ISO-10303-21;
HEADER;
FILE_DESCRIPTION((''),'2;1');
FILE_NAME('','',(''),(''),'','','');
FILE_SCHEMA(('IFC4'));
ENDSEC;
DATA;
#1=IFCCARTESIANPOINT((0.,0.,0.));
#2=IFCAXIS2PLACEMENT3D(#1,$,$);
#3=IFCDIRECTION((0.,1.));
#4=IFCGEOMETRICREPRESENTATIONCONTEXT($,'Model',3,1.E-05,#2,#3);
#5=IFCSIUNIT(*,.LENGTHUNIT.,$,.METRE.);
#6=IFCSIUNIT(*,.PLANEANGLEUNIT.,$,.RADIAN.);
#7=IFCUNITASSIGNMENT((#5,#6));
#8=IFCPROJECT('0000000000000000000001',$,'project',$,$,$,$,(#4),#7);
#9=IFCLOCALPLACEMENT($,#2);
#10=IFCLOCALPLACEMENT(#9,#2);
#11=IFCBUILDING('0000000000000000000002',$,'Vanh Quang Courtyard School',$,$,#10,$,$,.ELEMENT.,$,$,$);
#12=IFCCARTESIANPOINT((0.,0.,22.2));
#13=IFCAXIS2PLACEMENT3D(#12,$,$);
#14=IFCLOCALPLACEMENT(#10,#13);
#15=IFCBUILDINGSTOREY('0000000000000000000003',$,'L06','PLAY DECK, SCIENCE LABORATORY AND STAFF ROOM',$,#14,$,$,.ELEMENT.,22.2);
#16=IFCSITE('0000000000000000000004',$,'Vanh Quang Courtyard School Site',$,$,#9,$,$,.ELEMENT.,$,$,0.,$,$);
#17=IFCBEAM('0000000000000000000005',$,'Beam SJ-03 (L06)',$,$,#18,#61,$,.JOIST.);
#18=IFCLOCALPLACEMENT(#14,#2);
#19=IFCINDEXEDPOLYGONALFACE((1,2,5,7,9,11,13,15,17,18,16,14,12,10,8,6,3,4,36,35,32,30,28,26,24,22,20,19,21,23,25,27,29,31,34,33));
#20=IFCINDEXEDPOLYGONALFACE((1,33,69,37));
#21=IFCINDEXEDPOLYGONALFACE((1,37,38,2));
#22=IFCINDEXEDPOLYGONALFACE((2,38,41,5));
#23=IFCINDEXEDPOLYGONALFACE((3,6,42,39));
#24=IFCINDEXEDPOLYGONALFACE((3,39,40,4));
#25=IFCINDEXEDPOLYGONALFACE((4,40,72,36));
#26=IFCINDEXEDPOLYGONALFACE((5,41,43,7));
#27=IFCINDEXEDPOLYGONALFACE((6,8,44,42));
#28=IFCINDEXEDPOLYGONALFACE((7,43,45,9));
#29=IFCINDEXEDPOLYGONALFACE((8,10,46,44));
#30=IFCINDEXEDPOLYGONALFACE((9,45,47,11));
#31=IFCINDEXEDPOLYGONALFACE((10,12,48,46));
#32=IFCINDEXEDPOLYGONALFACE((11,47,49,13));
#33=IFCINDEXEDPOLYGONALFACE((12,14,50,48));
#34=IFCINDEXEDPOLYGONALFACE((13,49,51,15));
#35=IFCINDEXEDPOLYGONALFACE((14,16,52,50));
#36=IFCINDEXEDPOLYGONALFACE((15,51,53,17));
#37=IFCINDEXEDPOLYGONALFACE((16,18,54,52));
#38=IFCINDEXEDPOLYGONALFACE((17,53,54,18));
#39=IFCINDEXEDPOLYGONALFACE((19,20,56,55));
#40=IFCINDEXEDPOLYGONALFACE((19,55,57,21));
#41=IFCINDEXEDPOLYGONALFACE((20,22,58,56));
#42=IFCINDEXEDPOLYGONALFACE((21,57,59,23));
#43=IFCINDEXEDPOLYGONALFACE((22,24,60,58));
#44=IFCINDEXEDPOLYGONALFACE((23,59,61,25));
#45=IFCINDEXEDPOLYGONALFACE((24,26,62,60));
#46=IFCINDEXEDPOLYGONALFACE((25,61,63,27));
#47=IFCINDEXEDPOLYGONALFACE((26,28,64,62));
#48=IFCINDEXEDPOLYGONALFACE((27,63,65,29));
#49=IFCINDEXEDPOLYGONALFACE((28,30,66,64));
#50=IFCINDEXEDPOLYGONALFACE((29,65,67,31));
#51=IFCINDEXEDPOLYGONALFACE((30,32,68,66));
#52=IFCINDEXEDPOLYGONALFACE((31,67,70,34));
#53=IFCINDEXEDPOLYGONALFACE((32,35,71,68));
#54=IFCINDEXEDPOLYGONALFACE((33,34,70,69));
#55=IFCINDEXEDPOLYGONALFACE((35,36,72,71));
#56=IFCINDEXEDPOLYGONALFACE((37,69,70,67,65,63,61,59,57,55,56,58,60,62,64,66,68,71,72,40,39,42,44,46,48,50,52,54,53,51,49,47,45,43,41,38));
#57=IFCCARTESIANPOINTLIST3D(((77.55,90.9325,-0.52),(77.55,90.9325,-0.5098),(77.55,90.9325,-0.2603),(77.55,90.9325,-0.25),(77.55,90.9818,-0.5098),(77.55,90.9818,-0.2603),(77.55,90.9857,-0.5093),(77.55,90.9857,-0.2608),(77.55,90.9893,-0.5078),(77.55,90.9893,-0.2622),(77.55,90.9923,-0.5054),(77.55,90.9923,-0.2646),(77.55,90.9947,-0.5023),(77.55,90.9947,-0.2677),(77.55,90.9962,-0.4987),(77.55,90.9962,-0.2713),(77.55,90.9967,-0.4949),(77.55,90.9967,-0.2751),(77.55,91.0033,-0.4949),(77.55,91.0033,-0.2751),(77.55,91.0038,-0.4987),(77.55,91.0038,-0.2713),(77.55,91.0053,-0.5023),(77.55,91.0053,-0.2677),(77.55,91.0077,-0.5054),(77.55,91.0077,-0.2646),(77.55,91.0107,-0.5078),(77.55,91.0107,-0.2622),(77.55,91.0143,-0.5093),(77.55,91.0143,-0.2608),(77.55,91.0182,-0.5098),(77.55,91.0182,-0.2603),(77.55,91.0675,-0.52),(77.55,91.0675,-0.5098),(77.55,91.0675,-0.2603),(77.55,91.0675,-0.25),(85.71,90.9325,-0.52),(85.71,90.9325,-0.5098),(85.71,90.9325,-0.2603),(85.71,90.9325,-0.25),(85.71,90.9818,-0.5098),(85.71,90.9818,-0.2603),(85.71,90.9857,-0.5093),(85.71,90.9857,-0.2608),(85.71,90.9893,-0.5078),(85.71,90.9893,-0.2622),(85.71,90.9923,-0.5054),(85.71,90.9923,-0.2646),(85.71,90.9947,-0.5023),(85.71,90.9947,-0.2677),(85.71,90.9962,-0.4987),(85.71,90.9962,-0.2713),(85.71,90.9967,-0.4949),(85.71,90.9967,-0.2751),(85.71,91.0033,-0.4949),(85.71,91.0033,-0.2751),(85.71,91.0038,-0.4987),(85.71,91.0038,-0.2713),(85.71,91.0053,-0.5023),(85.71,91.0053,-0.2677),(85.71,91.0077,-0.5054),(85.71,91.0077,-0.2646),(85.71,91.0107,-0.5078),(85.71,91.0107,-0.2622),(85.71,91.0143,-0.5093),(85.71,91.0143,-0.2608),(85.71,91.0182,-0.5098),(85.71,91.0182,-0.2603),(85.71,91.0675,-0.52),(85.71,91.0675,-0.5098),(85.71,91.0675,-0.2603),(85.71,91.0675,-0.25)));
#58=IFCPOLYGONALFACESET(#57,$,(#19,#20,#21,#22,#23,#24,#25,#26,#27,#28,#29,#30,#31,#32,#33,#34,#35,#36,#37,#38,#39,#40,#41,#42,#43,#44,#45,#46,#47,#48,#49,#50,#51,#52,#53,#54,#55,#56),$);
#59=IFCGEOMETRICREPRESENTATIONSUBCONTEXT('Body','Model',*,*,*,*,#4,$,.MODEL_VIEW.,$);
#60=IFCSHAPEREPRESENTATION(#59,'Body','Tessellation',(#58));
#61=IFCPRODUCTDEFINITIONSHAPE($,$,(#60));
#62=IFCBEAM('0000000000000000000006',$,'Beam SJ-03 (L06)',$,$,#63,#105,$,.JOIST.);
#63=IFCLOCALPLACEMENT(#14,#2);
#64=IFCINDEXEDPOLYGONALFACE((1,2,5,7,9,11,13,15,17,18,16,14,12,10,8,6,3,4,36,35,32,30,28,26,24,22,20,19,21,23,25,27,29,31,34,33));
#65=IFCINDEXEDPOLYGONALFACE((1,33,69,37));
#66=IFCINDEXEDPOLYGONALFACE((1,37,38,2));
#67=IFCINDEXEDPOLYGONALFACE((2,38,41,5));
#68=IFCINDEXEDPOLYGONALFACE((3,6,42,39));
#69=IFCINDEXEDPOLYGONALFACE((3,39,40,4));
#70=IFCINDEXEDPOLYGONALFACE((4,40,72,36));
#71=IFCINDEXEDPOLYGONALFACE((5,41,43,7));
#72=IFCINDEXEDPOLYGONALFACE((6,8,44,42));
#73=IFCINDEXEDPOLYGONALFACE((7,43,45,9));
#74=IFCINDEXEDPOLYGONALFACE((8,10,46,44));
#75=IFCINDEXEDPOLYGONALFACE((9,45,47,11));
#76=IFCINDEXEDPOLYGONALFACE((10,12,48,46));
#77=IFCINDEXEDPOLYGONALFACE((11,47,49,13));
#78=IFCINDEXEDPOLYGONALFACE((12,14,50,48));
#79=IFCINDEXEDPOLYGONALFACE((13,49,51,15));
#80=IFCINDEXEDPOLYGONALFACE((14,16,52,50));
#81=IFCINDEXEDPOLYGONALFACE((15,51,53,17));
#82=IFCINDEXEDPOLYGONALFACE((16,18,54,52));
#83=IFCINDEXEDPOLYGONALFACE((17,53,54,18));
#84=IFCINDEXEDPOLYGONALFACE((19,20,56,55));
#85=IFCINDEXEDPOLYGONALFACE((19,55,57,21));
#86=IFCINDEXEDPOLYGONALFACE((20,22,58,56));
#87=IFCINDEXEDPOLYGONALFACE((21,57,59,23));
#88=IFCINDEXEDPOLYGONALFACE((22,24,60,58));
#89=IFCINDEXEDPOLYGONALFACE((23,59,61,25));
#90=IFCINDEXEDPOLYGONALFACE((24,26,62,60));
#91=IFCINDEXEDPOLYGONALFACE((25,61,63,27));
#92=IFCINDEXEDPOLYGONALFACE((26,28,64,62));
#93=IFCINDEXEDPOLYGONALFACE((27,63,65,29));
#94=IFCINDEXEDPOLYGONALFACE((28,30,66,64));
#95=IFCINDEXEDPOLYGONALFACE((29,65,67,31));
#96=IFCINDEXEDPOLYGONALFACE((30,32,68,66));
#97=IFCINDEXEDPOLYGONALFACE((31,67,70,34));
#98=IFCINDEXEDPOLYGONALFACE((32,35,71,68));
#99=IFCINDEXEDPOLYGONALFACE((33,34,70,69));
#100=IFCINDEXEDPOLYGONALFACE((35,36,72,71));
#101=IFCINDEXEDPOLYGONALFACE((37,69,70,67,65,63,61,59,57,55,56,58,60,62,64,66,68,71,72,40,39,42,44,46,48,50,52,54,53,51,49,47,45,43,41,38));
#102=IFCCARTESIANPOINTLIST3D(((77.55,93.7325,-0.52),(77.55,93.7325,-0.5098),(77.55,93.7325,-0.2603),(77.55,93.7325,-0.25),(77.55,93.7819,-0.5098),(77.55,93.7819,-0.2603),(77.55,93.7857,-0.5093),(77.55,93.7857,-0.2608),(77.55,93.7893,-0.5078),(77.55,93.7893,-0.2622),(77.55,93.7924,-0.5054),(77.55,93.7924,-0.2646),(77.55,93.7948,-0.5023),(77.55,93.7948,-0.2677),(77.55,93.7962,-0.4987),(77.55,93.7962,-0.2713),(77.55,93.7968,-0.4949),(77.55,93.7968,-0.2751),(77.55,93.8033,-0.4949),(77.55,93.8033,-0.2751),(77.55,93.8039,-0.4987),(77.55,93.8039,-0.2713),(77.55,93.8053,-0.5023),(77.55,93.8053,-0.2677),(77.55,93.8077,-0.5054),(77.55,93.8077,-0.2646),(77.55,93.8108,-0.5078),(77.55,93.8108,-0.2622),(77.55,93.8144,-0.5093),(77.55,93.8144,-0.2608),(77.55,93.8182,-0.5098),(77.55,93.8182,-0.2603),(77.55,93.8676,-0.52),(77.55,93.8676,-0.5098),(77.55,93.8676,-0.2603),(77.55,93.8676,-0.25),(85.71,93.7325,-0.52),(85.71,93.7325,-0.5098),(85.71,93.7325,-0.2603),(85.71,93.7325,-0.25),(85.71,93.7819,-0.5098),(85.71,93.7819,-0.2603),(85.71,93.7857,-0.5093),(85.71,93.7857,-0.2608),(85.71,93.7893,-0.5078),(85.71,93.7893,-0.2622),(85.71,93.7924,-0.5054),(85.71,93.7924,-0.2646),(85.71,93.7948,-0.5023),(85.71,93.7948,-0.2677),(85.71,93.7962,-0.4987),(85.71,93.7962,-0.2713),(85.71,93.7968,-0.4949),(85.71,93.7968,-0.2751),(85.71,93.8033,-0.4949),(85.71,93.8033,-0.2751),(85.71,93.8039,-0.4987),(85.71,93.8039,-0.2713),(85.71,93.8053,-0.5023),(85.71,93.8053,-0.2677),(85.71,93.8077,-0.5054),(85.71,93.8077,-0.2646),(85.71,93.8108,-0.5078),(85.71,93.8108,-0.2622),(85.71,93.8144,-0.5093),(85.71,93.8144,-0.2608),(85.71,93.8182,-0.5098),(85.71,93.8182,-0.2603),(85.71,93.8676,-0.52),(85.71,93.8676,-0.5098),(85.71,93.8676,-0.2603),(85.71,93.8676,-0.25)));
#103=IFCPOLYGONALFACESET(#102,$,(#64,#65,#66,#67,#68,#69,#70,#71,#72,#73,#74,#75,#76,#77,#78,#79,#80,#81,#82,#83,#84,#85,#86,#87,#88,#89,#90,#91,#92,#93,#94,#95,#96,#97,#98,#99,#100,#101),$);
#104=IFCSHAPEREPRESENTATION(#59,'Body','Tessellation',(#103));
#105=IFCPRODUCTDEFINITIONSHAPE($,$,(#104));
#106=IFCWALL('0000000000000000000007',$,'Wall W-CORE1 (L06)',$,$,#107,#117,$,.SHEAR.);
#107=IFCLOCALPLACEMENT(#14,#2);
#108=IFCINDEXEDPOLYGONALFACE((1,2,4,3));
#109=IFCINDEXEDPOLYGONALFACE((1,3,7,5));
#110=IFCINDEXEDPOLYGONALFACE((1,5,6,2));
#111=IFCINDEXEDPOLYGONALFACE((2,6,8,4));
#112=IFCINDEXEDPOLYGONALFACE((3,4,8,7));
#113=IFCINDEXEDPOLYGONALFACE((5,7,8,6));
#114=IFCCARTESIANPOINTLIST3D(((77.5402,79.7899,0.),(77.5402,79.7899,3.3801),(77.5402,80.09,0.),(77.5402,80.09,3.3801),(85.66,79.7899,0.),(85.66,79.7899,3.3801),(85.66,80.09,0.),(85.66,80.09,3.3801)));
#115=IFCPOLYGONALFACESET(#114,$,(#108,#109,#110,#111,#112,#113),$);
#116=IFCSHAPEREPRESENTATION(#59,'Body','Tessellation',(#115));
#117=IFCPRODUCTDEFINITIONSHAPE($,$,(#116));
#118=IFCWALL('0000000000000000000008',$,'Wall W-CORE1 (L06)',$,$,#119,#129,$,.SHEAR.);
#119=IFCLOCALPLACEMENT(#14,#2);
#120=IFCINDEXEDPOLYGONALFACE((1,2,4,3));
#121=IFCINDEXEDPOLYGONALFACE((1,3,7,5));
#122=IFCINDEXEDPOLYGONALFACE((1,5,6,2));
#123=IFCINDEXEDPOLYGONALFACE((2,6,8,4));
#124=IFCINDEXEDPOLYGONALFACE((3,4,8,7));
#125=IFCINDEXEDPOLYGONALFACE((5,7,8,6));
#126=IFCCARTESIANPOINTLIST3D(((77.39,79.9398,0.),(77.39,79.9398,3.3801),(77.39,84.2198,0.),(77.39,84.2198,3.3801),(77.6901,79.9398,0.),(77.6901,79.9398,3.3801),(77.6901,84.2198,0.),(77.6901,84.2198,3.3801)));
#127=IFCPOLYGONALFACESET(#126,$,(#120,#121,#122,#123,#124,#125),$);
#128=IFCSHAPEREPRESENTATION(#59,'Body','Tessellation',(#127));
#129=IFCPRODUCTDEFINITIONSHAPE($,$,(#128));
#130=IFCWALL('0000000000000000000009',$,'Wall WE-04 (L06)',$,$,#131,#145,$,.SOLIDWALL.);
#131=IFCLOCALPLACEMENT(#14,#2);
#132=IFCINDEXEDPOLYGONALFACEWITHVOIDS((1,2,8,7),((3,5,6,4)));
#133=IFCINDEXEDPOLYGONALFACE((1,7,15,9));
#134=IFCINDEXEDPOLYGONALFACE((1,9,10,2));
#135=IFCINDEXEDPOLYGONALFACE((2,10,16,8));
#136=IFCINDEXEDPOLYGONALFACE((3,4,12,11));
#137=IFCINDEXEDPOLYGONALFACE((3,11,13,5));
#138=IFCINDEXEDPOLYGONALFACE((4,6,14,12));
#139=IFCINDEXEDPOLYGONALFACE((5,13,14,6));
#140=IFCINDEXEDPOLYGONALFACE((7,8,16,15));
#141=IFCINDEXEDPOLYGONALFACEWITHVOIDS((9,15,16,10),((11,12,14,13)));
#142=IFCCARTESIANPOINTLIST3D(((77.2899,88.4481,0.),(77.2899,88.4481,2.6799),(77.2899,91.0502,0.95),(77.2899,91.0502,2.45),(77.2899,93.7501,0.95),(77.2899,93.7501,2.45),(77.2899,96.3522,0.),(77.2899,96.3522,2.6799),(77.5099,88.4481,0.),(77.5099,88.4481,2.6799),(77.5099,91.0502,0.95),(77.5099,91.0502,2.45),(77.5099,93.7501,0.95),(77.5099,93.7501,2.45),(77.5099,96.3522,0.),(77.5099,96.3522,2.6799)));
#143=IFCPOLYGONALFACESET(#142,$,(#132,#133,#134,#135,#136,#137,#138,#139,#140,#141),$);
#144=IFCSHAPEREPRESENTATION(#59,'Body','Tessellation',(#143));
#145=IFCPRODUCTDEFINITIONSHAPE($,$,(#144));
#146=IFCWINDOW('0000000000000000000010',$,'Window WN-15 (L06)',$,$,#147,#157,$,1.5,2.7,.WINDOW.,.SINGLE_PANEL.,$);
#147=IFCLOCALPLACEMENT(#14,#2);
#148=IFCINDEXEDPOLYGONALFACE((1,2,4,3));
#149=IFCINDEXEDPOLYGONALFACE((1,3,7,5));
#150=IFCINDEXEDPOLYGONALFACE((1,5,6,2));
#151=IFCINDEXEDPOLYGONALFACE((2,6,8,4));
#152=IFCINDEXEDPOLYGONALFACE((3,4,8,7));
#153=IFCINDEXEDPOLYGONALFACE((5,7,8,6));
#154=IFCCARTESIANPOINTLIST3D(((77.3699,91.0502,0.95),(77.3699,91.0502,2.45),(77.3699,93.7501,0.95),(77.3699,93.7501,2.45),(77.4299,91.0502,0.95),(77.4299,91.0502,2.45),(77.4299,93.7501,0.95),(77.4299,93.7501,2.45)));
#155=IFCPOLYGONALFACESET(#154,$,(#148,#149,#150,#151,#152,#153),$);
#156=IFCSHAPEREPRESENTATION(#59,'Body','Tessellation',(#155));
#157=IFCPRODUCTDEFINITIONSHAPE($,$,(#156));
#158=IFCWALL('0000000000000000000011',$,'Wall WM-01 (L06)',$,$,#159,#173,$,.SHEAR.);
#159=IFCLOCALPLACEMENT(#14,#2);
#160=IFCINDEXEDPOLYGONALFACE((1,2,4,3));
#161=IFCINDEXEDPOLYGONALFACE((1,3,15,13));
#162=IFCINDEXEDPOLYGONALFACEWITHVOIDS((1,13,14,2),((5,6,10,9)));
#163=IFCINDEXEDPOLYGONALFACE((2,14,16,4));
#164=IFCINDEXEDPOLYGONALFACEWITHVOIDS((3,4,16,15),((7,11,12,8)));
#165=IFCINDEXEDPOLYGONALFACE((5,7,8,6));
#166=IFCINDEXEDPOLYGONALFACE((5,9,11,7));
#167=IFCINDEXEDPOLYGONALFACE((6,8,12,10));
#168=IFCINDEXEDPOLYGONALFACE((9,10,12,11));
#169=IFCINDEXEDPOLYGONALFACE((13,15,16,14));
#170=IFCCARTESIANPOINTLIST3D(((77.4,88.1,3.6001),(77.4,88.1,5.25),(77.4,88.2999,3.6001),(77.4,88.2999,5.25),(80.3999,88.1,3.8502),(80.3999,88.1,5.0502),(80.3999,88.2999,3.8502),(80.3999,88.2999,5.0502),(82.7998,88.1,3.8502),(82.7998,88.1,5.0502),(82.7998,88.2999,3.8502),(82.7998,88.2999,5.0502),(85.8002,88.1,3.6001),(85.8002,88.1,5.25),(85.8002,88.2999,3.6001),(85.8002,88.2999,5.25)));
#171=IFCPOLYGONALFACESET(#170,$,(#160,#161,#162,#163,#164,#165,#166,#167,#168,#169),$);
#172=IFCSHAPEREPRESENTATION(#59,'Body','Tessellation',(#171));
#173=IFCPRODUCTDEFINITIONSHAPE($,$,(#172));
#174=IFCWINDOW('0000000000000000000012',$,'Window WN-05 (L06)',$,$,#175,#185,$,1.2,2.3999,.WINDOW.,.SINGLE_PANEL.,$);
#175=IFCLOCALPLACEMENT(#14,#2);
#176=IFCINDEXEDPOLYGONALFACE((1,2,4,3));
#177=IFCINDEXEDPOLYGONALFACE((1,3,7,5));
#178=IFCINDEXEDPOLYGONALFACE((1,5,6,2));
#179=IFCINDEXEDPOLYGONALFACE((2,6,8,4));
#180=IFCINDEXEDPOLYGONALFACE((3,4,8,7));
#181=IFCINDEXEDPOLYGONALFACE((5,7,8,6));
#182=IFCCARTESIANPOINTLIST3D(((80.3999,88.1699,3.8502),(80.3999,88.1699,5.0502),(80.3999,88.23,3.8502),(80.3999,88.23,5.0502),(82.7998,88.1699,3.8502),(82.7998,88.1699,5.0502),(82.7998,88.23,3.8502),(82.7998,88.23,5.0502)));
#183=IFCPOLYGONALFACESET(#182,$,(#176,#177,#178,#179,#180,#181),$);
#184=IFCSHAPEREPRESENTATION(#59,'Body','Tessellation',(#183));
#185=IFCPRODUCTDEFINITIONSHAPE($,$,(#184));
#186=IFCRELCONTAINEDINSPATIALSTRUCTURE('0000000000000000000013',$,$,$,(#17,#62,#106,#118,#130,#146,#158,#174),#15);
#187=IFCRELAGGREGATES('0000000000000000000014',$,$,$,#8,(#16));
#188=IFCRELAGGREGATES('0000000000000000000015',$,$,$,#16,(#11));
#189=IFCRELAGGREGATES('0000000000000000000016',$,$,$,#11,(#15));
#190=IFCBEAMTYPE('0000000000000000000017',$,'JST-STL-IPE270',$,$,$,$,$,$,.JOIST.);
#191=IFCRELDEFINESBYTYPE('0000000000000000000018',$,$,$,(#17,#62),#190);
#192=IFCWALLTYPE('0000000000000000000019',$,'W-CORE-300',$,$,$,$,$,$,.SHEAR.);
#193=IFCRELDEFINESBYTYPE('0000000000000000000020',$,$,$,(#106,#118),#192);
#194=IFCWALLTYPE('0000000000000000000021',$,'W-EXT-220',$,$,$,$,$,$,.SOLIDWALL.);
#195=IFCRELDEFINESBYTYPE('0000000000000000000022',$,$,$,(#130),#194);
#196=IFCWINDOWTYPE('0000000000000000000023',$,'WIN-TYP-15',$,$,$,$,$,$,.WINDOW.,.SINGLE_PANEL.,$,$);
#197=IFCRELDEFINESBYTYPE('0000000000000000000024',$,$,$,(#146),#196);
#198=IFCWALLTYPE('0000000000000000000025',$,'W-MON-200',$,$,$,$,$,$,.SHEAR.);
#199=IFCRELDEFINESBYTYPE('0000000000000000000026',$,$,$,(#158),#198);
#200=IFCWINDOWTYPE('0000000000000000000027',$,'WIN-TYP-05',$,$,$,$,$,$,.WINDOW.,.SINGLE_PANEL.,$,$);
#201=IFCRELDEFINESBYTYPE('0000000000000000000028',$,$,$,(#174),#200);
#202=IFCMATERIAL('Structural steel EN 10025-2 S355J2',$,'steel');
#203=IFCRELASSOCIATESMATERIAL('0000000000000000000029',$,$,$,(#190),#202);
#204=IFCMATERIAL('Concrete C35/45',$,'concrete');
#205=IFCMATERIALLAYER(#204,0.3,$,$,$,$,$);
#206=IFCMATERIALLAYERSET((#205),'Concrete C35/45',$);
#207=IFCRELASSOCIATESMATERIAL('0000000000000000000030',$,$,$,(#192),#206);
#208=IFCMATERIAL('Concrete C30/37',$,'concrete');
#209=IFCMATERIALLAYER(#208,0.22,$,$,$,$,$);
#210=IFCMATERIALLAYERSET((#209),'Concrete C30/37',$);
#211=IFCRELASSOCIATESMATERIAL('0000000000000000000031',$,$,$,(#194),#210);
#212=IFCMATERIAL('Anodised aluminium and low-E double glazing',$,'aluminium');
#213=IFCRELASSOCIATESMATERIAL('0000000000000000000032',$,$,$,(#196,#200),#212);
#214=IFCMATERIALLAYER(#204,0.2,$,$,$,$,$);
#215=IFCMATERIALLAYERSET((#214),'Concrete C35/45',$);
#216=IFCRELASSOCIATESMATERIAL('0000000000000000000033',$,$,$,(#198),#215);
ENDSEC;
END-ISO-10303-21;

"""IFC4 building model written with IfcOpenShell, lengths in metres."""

from ifc_helpers import new_model, si_unit, direction, frame, frame_2d, origin, origin_2d, place, context, subcontext, project, spatial, rectangle, i_section, extrude, material, layer, layer_set, material_profile, profile_set, type_object, element, fill, save


model = new_model("IFC4")

# Units and contexts
model_context = context("Model", 3, precision=1e-05, world=origin(), true_north=direction((0.0, 1.0)))
body_context = subcontext(model_context, "Body", "Model", "MODEL_VIEW")
ifc_project = project(units=[si_unit("LENGTHUNIT", "METRE"), si_unit("PLANEANGLEUNIT", "RADIAN")], contexts=[model_context])

# Site, building, storey
site_placement = place(None, origin())
site = spatial("IfcSite", under=ifc_project, at=site_placement, Name="Vanh Quang Courtyard School Site", CompositionType="ELEMENT", RefElevation=0.0)
building_placement = place(site_placement, origin())
building = spatial("IfcBuilding", under=site, at=building_placement, Name="Vanh Quang Courtyard School", CompositionType="ELEMENT")
storey_placement = place(building_placement, frame((0.0, 0.0, 22.2)))
storey = spatial("IfcBuildingStorey", under=building, at=storey_placement, Name="L06", Description="PLAY DECK, SCIENCE LABORATORY AND STAFF ROOM", CompositionType="ELEMENT", Elevation=22.2)

# Shared definitions
ifc_material_1 = material(Name="Concrete C35/45", Category="concrete")

# Beams
ifc_material_2 = material(Name="Structural steel EN 10025-2 S355J2", Category="steel")
ifc_material_profile_1 = material_profile(ifc_material_2, i_section(OverallWidth=0.135, OverallDepth=0.27, WebThickness=0.0066, FlangeThickness=0.0103, FilletRadius=0.0149, at=origin_2d()), Name="IPE 270")
ifc_profile_set_1 = profile_set([ifc_material_profile_1], Name="Structural steel EN 10025-2 S355J2")
beam_type_1 = type_object("IfcBeamType", Name="JST-STL-IPE270", PredefinedType="JOIST", material=ifc_profile_set_1)
for number, where, z_axis, x_axis, name in (
    (1, (77.55, 91.0, -0.385), (1.0, 0.0, 0.0), (0.0, 1.0, 0.0), "Beam SJ-03 (L06)"),
    (2, (77.55, 93.8, -0.385), (1.0, 0.0, 0.0), (0.0, 1.0, 0.0), "Beam SJ-03 (L06)"),
):
    element("IfcBeam", number, at=place(storey_placement, frame(where, z_axis=z_axis, x_axis=x_axis)), inside=storey, type_object=beam_type_1, Name=name, PredefinedType="JOIST", context=body_context, shape_type="SweptSolid", body=[
        extrude(i_section(OverallWidth=0.135, OverallDepth=0.27, WebThickness=0.0066, FlangeThickness=0.0103, FilletRadius=0.0149, at=origin_2d()), origin(), (0.0, 0.0, 1.0), 8.1599),
    ])

# Walls
ifc_layer_1 = layer(ifc_material_1, 0.3)
ifc_layer_set_1 = layer_set([ifc_layer_1], Name="Concrete C35/45")
wall_type_1 = type_object("IfcWallType", Name="W-CORE-300", PredefinedType="SHEAR", material=ifc_layer_set_1)
wall_1_placement = place(storey_placement, frame((77.54, 79.9399, 0.0), z_axis=(0.0, 0.0, 1.0), x_axis=(1.0, 0.0, 0.0)))
element("IfcWall", 3, at=wall_1_placement, inside=storey, type_object=wall_type_1, Name="Wall W-CORE1 (L06)", PredefinedType="SHEAR", context=body_context, shape_type="SweptSolid", body=[
    extrude(rectangle(XDim=8.1199, YDim=0.3, at=frame_2d((4.0601, 0.0))), origin(), (0.0, 0.0, 1.0), 3.3801),
])
wall_2_placement = place(storey_placement, frame((77.54, 84.22, 0.0), z_axis=(0.0, 0.0, 1.0), x_axis=(0.0, -1.0, 0.0)))
element("IfcWall", 4, at=wall_2_placement, inside=storey, type_object=wall_type_1, Name="Wall W-CORE1 (L06)", PredefinedType="SHEAR", context=body_context, shape_type="SweptSolid", body=[
    extrude(rectangle(XDim=4.28, YDim=0.3, at=frame_2d((2.1401, 0.0))), origin(), (0.0, 0.0, 1.0), 3.3801),
])

# Walls, openings, windows
ifc_material_3 = material(Name="Concrete C30/37", Category="concrete")
ifc_layer_2 = layer(ifc_material_3, 0.22)
ifc_layer_set_2 = layer_set([ifc_layer_2], Name="Concrete C30/37")
wall_type_2 = type_object("IfcWallType", Name="W-EXT-220", PredefinedType="SOLIDWALL", material=ifc_layer_set_2)
wall_3_placement = place(storey_placement, frame((77.3999, 88.448, 0.0), z_axis=(0.0, 0.0, 1.0), x_axis=(0.0, 1.0, 0.0)))
wall_3 = element("IfcWall", 5, at=wall_3_placement, inside=storey, type_object=wall_type_2, Name="Wall WE-04 (L06)", PredefinedType="SOLIDWALL", context=body_context, shape_type="SweptSolid", body=[
    extrude(rectangle(XDim=7.9041, YDim=0.22, at=frame_2d((3.9521, 0.0))), origin(), (0.0, 0.0, 1.0), 2.6799),
])
opening_1_placement = place(wall_3_placement, frame((2.6021, 0.0, 0.95)))
opening_1 = element("IfcOpeningElement", 6, at=opening_1_placement, cuts=wall_3, PredefinedType="OPENING", context=body_context, shape_type="SweptSolid", body=[
    extrude(rectangle(XDim=2.7, YDim=1.5, at=frame_2d((1.3501, 0.75))), frame((0.0, 0.1201, 0.0), z_axis=(0.0, -1.0, 0.0), x_axis=(1.0, 0.0, 0.0)), (0.0, 0.0, 1.0), 0.24),
])
ifc_material_4 = material(Name="Anodised aluminium and low-E double glazing", Category="aluminium")
window_type_1 = type_object("IfcWindowType", Name="WIN-TYP-15", PartitioningType="SINGLE_PANEL", PredefinedType="WINDOW", material=ifc_material_4)
window_1_placement = place(opening_1_placement, origin())
window_1 = element("IfcWindow", 7, at=window_1_placement, inside=storey, type_object=window_type_1, Name="Window WN-15 (L06)", OverallHeight=1.5, OverallWidth=2.7, PartitioningType="SINGLE_PANEL", PredefinedType="WINDOW", context=body_context, shape_type="SweptSolid", body=[
    extrude(rectangle(XDim=2.7, YDim=1.5, at=frame_2d((1.3501, 0.75))), frame((0.0, 0.03, 0.0), z_axis=(0.0, -1.0, 0.0), x_axis=(1.0, 0.0, 0.0)), (0.0, 0.0, 1.0), 0.0601),
])
fill(opening_1, window_1)
ifc_layer_3 = layer(ifc_material_1, 0.2)
ifc_layer_set_3 = layer_set([ifc_layer_3], Name="Concrete C35/45")
wall_type_3 = type_object("IfcWallType", Name="W-MON-200", PredefinedType="SHEAR", material=ifc_layer_set_3)
wall_4_placement = place(storey_placement, frame((77.3999, 88.2, 3.6001), z_axis=(0.0, 0.0, 1.0), x_axis=(1.0, 0.0, 0.0)))
wall_4 = element("IfcWall", 8, at=wall_4_placement, inside=storey, type_object=wall_type_3, Name="Wall WM-01 (L06)", PredefinedType="SHEAR", context=body_context, shape_type="SweptSolid", body=[
    extrude(rectangle(XDim=8.4001, YDim=0.2, at=frame_2d((4.2002, 0.0))), origin(), (0.0, 0.0, 1.0), 1.6499),
])
opening_2_placement = place(wall_4_placement, frame((3.0, 0.0, 0.25)))
opening_2 = element("IfcOpeningElement", 9, at=opening_2_placement, cuts=wall_4, PredefinedType="OPENING", context=body_context, shape_type="SweptSolid", body=[
    extrude(rectangle(XDim=2.3999, YDim=1.2, at=frame_2d((1.2, 0.6001))), frame((0.0, 0.1099, 0.0), z_axis=(0.0, -1.0, 0.0), x_axis=(1.0, 0.0, 0.0)), (0.0, 0.0, 1.0), 0.22),
])
window_type_2 = type_object("IfcWindowType", Name="WIN-TYP-05", PartitioningType="SINGLE_PANEL", PredefinedType="WINDOW", material=ifc_material_4)
window_2_placement = place(opening_2_placement, origin())
window_2 = element("IfcWindow", 10, at=window_2_placement, inside=storey, type_object=window_type_2, Name="Window WN-05 (L06)", OverallHeight=1.2, OverallWidth=2.3999, PartitioningType="SINGLE_PANEL", PredefinedType="WINDOW", context=body_context, shape_type="SweptSolid", body=[
    extrude(rectangle(XDim=2.3999, YDim=1.2, at=frame_2d((1.2, 0.6001))), frame((0.0, 0.03, 0.0), z_axis=(0.0, -1.0, 0.0), x_axis=(1.0, 0.0, 0.0)), (0.0, 0.0, 1.0), 0.0601),
])
fill(opening_2, window_2)

save(model, "model.ifc")
